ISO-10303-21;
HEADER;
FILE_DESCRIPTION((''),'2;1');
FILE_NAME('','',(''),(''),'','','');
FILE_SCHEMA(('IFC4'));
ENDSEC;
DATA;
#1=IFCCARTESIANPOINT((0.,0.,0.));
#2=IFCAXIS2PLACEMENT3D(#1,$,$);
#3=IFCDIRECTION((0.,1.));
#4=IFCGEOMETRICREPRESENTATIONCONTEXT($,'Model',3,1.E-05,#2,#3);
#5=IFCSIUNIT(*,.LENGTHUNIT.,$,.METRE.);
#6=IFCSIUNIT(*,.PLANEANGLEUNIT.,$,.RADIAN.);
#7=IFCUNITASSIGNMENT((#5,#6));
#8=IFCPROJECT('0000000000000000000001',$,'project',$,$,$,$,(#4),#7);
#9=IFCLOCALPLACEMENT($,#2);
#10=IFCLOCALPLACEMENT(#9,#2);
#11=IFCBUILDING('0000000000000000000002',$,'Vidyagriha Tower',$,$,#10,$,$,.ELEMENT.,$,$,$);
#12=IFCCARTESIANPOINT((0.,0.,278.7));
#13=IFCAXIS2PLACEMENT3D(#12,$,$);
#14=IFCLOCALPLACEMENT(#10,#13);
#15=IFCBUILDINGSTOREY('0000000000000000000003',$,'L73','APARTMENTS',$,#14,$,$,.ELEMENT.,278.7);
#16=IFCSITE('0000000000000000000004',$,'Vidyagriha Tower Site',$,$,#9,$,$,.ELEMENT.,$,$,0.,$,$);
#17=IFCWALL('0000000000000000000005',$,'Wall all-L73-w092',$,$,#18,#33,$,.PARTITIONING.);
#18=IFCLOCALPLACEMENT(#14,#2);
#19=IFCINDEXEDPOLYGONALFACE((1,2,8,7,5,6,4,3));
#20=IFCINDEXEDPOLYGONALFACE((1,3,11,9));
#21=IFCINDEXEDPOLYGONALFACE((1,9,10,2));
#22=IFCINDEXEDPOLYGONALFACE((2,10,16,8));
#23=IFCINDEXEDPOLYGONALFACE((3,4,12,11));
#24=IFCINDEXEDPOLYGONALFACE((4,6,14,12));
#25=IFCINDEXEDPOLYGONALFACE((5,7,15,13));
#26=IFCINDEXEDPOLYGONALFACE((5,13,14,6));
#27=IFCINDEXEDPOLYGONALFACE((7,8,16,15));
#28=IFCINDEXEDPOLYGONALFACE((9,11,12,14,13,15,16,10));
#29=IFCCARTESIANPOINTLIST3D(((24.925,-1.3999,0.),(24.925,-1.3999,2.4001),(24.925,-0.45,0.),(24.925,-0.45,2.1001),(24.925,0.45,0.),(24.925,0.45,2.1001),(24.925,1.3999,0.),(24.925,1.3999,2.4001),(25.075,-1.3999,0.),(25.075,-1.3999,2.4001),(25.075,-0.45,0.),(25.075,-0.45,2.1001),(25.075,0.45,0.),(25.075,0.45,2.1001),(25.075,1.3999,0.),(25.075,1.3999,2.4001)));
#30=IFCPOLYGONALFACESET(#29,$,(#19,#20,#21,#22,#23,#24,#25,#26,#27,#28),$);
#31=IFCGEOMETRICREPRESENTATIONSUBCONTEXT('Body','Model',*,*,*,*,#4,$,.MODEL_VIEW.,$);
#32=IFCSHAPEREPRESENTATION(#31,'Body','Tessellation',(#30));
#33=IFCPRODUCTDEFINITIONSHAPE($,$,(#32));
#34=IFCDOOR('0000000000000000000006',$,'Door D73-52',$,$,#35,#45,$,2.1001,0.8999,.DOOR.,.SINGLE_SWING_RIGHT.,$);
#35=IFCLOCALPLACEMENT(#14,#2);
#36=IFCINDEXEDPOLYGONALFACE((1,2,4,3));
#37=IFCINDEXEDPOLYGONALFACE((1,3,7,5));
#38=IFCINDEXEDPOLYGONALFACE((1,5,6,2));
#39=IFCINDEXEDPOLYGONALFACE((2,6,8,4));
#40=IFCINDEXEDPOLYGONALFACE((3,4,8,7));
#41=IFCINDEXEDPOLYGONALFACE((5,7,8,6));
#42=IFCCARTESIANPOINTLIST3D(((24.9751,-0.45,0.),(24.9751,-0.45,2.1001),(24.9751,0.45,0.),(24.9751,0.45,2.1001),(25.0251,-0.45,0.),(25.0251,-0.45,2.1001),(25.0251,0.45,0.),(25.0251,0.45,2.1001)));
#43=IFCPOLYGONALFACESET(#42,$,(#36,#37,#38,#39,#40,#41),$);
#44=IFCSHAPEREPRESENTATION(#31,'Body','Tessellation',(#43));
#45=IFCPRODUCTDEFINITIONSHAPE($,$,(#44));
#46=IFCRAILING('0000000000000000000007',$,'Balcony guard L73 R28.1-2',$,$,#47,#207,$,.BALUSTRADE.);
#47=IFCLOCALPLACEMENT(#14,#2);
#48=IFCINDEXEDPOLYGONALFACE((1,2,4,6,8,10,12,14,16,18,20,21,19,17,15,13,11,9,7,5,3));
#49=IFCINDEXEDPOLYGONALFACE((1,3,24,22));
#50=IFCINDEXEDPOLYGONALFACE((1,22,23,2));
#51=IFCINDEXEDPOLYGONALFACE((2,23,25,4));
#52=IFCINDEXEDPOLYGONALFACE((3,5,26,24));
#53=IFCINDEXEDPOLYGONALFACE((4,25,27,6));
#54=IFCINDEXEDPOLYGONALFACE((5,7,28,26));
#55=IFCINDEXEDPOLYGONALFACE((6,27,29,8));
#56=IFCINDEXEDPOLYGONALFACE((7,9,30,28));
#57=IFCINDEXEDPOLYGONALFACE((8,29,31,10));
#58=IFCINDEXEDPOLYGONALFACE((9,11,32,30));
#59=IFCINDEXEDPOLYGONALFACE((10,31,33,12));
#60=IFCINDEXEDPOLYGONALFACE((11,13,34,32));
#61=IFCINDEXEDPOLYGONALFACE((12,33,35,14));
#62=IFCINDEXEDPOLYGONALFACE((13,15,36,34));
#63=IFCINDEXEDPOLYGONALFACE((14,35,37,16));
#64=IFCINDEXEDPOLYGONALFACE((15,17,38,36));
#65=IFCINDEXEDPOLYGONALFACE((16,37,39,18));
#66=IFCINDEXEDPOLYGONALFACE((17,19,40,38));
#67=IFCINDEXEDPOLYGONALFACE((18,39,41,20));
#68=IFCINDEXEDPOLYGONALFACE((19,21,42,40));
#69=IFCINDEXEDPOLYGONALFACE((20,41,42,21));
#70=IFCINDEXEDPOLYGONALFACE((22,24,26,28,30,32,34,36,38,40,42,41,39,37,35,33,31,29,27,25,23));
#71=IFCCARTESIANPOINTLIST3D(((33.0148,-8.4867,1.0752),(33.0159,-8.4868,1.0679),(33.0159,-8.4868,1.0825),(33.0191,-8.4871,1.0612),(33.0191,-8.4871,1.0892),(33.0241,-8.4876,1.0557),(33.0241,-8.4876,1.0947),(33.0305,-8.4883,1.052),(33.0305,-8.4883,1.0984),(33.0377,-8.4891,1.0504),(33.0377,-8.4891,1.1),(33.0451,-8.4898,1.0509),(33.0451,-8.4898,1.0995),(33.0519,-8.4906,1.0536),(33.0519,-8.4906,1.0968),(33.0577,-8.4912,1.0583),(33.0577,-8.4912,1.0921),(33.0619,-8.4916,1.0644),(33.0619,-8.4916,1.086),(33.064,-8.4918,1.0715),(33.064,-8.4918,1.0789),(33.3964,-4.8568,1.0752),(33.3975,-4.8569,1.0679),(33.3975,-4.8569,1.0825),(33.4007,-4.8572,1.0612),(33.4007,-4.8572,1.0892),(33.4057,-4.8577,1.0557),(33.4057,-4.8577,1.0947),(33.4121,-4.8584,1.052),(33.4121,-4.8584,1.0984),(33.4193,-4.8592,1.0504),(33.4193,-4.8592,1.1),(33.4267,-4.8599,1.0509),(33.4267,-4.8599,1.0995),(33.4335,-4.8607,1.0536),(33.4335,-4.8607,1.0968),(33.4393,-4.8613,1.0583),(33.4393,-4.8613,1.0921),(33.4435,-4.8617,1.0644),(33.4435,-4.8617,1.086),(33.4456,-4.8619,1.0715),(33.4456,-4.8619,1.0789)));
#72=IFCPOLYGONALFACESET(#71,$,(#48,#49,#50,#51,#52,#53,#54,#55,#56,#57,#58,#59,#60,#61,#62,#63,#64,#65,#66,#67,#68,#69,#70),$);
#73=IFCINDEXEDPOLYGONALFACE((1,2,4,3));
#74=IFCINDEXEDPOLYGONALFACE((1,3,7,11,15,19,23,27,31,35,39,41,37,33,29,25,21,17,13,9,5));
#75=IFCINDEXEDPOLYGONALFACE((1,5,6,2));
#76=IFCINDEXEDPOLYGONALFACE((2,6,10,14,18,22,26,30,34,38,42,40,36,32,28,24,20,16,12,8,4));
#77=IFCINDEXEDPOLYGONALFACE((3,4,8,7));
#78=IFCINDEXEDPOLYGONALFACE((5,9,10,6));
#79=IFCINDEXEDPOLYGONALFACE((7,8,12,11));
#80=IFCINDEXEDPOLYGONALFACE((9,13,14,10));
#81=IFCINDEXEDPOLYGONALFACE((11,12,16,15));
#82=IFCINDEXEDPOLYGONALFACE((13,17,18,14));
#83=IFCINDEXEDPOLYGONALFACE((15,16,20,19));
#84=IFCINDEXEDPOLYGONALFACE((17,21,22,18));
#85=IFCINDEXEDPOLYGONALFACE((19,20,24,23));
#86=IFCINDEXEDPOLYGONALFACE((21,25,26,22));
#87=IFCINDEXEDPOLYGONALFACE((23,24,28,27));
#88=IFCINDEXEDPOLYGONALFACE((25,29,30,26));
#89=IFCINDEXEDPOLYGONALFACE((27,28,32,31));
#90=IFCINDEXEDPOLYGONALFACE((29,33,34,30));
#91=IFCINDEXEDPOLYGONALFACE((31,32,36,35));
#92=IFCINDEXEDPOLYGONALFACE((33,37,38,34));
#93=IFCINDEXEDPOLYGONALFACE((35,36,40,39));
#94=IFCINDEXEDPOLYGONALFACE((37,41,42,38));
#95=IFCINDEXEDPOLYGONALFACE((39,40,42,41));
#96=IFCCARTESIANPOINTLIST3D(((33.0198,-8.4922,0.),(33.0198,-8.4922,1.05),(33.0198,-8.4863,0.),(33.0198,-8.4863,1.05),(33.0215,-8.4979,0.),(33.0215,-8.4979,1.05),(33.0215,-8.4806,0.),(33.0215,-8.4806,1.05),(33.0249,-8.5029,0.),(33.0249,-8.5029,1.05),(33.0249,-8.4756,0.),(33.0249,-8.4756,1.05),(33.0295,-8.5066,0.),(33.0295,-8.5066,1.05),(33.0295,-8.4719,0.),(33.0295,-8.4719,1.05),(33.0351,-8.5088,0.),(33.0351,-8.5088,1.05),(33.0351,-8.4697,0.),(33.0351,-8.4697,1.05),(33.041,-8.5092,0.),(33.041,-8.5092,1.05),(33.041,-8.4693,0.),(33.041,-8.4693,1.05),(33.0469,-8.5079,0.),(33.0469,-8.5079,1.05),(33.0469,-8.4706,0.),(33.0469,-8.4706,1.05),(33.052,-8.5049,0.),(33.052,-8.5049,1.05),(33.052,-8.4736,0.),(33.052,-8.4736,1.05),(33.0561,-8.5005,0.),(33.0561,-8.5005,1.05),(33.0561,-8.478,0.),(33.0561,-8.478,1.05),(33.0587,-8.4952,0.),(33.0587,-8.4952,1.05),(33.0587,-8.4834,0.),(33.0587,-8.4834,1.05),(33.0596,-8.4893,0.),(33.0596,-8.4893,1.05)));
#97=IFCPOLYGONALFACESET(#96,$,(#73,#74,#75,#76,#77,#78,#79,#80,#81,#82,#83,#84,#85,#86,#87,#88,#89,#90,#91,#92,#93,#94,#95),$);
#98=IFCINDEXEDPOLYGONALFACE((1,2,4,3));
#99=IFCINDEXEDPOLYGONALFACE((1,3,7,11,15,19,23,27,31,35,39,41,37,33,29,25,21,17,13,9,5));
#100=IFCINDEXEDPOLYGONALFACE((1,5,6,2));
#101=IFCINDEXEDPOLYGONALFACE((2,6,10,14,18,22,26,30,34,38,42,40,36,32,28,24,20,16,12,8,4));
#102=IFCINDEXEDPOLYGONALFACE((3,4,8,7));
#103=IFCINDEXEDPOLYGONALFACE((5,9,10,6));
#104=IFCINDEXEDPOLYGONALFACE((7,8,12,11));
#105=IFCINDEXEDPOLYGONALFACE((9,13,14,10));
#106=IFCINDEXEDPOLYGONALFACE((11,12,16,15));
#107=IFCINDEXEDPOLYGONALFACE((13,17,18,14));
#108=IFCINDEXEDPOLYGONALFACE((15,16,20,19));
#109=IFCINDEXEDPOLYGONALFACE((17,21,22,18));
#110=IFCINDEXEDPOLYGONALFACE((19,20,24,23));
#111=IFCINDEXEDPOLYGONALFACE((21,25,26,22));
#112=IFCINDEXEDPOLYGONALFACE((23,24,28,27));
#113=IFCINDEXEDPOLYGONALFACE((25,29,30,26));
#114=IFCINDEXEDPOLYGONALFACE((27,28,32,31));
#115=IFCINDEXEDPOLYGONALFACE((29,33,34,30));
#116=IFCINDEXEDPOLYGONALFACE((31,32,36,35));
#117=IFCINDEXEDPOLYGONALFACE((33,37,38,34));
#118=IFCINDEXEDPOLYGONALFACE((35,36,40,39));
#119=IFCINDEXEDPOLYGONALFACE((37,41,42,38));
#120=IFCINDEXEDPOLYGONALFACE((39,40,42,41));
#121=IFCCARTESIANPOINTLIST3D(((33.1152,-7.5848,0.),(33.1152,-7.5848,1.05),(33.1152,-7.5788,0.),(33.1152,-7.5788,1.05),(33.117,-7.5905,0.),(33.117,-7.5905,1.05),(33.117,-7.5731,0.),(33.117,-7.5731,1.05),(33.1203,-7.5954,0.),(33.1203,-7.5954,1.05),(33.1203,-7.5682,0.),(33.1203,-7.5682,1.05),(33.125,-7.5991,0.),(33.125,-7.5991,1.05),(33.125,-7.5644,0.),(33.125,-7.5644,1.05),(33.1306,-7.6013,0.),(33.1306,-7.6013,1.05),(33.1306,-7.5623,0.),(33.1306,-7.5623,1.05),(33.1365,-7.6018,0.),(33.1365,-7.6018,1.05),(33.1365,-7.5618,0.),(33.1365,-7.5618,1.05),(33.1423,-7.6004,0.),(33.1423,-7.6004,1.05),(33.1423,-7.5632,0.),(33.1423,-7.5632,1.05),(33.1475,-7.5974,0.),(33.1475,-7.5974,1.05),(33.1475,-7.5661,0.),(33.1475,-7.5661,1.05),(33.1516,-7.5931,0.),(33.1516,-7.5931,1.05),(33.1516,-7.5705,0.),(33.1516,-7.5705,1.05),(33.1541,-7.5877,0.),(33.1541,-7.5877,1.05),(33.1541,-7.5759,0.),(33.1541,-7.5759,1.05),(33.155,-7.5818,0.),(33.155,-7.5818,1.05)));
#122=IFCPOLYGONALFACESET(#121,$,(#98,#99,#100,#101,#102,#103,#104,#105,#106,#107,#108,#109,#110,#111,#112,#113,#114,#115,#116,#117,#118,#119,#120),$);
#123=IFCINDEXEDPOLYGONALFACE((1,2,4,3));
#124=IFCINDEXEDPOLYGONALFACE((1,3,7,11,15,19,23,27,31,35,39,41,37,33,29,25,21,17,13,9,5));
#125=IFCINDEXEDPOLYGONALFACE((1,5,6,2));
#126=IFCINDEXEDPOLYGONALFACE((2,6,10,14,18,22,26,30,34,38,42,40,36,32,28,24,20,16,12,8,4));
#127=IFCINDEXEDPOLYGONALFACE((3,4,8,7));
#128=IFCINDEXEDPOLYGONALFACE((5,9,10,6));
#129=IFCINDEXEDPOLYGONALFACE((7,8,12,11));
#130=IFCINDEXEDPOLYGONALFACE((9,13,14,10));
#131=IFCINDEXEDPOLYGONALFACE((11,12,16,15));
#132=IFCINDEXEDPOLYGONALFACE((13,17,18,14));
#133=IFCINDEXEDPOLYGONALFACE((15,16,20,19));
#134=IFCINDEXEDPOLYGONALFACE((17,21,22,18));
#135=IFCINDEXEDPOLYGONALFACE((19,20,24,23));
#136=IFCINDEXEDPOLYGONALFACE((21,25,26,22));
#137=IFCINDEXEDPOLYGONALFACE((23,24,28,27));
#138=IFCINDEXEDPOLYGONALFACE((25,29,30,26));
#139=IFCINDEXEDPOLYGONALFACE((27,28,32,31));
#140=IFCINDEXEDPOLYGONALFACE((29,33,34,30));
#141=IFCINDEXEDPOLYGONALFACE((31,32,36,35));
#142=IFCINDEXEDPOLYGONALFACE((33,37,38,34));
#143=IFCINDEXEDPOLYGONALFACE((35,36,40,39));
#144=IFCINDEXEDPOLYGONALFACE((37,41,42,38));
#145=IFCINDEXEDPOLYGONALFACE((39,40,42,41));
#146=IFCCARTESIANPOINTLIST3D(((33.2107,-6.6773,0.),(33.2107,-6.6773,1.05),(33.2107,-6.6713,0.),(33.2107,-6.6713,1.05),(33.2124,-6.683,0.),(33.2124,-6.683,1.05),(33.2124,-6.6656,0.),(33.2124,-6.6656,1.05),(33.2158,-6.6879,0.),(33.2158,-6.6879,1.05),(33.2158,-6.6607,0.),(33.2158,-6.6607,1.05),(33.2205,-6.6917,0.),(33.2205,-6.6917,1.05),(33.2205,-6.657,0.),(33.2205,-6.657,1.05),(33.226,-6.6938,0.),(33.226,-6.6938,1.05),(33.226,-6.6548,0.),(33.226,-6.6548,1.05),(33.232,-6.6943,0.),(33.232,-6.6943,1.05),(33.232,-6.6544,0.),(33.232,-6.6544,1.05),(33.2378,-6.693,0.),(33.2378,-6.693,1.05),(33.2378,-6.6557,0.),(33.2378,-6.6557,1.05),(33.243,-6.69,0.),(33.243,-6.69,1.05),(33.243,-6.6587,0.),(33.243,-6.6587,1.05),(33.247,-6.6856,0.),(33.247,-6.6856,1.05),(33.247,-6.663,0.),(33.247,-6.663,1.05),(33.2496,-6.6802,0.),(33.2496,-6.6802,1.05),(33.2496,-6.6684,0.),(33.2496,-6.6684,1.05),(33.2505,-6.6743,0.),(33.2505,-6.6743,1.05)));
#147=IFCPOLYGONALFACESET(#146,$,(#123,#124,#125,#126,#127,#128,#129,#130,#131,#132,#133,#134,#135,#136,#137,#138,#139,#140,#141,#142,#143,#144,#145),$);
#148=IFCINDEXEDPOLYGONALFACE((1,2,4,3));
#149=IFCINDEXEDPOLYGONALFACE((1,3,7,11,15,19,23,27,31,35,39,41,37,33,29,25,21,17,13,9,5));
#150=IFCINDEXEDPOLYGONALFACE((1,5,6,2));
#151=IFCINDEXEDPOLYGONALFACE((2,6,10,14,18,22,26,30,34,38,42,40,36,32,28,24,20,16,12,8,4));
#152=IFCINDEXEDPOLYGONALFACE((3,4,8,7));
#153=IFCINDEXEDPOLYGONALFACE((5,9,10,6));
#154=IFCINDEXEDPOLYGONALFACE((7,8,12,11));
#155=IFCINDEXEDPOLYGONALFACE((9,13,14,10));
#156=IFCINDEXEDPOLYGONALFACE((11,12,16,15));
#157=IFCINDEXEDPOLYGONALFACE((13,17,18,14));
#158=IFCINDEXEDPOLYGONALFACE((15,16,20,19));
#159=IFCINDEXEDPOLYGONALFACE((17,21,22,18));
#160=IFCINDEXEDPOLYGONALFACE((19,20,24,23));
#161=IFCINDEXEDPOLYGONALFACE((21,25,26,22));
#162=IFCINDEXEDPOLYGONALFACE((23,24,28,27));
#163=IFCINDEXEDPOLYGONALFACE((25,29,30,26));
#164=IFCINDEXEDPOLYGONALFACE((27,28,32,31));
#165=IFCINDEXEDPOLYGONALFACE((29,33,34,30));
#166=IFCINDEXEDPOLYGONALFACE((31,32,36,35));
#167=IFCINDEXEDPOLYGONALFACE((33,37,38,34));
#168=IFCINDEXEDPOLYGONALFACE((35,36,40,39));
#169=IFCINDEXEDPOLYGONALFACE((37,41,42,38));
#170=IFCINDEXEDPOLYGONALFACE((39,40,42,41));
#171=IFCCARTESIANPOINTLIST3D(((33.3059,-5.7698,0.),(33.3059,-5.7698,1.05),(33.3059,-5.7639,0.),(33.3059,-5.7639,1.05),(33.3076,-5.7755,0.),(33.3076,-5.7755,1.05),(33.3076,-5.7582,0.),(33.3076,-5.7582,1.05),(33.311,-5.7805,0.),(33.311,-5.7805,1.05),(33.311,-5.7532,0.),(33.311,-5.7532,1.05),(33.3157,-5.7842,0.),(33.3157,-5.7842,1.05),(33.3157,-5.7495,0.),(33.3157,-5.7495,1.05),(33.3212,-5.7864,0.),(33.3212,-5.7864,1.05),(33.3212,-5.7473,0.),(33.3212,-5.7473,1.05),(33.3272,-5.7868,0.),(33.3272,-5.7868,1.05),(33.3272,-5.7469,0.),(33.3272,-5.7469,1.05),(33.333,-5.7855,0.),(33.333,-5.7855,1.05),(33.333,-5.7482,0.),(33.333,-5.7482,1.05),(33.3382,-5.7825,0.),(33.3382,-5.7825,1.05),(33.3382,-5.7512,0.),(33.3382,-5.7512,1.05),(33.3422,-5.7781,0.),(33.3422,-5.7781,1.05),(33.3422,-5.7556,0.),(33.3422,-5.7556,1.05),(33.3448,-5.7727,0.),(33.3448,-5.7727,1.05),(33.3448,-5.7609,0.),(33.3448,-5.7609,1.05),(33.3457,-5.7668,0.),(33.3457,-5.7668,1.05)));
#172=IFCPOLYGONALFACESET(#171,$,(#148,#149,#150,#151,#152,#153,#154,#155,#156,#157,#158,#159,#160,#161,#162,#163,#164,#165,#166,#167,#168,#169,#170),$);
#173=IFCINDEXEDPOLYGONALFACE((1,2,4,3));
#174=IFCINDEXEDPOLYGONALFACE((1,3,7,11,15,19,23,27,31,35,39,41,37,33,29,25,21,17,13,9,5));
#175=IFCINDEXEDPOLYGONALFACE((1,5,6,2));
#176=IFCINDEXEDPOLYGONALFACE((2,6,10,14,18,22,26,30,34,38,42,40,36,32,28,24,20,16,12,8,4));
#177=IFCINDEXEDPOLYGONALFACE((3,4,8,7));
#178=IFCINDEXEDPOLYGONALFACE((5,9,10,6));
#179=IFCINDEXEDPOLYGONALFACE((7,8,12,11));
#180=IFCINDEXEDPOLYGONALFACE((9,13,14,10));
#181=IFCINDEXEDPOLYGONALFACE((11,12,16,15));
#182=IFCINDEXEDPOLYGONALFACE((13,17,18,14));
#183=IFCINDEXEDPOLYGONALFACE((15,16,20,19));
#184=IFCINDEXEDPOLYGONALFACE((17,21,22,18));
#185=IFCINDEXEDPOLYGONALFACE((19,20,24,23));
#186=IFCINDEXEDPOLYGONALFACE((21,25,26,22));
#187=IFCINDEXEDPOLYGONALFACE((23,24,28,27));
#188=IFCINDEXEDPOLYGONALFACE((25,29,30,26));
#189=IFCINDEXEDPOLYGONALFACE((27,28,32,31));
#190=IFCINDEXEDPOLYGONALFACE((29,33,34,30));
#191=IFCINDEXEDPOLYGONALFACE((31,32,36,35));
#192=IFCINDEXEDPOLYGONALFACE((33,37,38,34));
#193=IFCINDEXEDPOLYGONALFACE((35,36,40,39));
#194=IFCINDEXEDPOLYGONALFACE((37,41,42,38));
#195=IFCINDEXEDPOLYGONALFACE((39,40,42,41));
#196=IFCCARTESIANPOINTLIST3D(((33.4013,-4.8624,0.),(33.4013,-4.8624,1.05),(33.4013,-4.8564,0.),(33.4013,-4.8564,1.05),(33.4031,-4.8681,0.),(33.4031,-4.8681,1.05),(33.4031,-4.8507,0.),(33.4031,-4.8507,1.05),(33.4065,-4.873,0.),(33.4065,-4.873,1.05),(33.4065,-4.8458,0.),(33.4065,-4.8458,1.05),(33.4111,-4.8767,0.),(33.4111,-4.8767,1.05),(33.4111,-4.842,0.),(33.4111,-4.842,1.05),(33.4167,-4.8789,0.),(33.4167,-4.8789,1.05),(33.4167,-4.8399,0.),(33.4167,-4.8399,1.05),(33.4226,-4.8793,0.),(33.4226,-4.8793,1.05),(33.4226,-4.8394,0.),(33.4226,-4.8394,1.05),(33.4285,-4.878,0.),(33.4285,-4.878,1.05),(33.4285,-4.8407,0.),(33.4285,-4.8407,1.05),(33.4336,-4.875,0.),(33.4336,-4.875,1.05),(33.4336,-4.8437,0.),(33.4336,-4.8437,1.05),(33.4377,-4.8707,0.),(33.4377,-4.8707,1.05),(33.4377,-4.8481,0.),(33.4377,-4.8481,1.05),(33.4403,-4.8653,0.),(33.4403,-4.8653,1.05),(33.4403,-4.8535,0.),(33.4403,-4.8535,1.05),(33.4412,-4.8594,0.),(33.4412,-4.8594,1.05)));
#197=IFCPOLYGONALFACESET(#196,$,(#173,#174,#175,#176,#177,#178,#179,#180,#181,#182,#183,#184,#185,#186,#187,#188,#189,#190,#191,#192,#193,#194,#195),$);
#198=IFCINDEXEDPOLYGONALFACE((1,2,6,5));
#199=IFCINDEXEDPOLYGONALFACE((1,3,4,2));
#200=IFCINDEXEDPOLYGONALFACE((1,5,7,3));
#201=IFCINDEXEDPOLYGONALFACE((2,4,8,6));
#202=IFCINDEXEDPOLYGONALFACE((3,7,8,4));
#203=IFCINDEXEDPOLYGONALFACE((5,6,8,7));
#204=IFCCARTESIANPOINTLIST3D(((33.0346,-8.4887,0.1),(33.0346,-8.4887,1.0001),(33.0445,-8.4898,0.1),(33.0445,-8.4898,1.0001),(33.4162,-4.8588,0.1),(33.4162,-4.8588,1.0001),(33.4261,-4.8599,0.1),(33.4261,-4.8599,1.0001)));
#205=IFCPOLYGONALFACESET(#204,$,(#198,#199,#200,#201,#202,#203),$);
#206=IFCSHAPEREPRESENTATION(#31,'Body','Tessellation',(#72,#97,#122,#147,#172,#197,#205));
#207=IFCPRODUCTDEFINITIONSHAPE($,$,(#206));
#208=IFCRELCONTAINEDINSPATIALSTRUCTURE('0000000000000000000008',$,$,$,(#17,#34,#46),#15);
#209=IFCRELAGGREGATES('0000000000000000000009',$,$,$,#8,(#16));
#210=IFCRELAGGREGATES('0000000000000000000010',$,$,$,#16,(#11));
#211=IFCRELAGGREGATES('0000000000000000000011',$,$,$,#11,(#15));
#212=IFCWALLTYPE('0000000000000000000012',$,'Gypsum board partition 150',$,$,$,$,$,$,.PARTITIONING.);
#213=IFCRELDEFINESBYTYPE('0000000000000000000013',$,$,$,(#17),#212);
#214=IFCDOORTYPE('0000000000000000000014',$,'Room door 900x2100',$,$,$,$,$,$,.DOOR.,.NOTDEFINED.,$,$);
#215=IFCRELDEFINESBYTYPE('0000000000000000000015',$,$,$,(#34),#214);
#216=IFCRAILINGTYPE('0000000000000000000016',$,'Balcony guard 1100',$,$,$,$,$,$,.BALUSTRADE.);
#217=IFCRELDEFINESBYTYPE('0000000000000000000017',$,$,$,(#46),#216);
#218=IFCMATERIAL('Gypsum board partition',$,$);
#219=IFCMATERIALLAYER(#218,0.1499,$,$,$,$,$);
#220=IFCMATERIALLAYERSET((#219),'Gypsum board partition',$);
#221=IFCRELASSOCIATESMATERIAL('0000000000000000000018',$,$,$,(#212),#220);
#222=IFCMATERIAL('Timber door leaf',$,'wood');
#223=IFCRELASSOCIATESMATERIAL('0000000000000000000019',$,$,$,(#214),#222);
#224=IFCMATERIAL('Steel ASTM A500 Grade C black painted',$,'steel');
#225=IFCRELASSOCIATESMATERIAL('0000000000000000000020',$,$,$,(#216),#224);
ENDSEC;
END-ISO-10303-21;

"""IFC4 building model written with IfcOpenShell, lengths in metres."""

from ifc_helpers import new_model, si_unit, direction, frame, frame_2d, origin, origin_2d, place, context, subcontext, project, spatial, rectangle, circle, extrude, material, layer, layer_set, type_object, element, fill, save


model = new_model("IFC4")

# Units and contexts
model_context = context("Model", 3, precision=1e-05, world=origin(), true_north=direction((0.0, 1.0)))
body_context = subcontext(model_context, "Body", "Model", "MODEL_VIEW")
ifc_project = project(units=[si_unit("LENGTHUNIT", "METRE"), si_unit("PLANEANGLEUNIT", "RADIAN")], contexts=[model_context])

# Site, building, storey
site_placement = place(None, origin())
site = spatial("IfcSite", under=ifc_project, at=site_placement, Name="Vidyagriha Tower Site", CompositionType="ELEMENT", RefElevation=0.0)
building_placement = place(site_placement, origin())
building = spatial("IfcBuilding", under=site, at=building_placement, Name="Vidyagriha Tower", CompositionType="ELEMENT")
storey_placement = place(building_placement, frame((0.0, 0.0, 278.7)))
storey = spatial("IfcBuildingStorey", under=building, at=storey_placement, Name="L73", Description="APARTMENTS", CompositionType="ELEMENT", Elevation=278.7)

# Shared definitions
ifc_material_1 = material(Name="Gypsum board partition")
ifc_layer_1 = layer(ifc_material_1, 0.1499)
ifc_layer_set_1 = layer_set([ifc_layer_1], Name="Gypsum board partition")
wall_type_1 = type_object("IfcWallType", Name="Gypsum board partition 150", PredefinedType="PARTITIONING", material=ifc_layer_set_1)

# Shared definitions
ifc_material_2 = material(Name="Timber door leaf", Category="wood")
door_type_1 = type_object("IfcDoorType", Name="Room door 900x2100", OperationType="NOTDEFINED", PredefinedType="DOOR", material=ifc_material_2)

# Wall, opening, door
wall_1_placement = place(storey_placement, frame((25.0, -1.3999, 0.0), z_axis=(0.0, 0.0, 1.0), x_axis=(0.0, 1.0, 0.0)))
wall_1 = element("IfcWall", 1, at=wall_1_placement, inside=storey, type_object=wall_type_1, Name="Wall all-L73-w092", PredefinedType="PARTITIONING", context=body_context, shape_type="SweptSolid", body=[
    extrude(rectangle(XDim=2.7998, YDim=0.1499, at=frame_2d((1.3999, 0.0))), origin(), (0.0, 0.0, 1.0), 2.4001),
])
opening_1_placement = place(wall_1_placement, frame((0.95, 0.0, 0.0)))
opening_1 = element("IfcOpeningElement", 2, at=opening_1_placement, cuts=wall_1, PredefinedType="OPENING", context=body_context, shape_type="SweptSolid", body=[
    extrude(rectangle(XDim=0.8999, YDim=2.1001, at=frame_2d((0.45, 1.05))), frame((0.0, 0.085, 0.0), z_axis=(0.0, -1.0, 0.0), x_axis=(1.0, 0.0, 0.0)), (0.0, 0.0, 1.0), 0.1699),
])
door_1_placement = place(opening_1_placement, origin())
door_1 = element("IfcDoor", 3, at=door_1_placement, inside=storey, type_object=door_type_1, Name="Door D73-52", OperationType="SINGLE_SWING_RIGHT", OverallHeight=2.1001, OverallWidth=0.8999, PredefinedType="DOOR", context=body_context, shape_type="SweptSolid", body=[
    extrude(rectangle(XDim=0.8999, YDim=2.1001, at=frame_2d((0.45, 1.05))), frame((0.0, 0.0249, 0.0), z_axis=(0.0, -1.0, 0.0), x_axis=(1.0, 0.0, 0.0)), (0.0, 0.0, 1.0), 0.05),
])
fill(opening_1, door_1)

# Railing
ifc_material_3 = material(Name="Steel ASTM A500 Grade C black painted", Category="steel")
railing_type_1 = type_object("IfcRailingType", Name="Balcony guard 1100", PredefinedType="BALUSTRADE", material=ifc_material_3)
railing_1_placement = place(storey_placement, frame((33.0396, -8.4893, 0.0)))
element("IfcRailing", 4, at=railing_1_placement, inside=storey, type_object=railing_type_1, Name="Balcony guard L73 R28.1-2", PredefinedType="BALUSTRADE", context=body_context, shape_type="SweptSolid", body=[
    extrude(circle(Radius=0.0249, at=origin_2d()), frame((0.0, 0.0, 1.0752), z_axis=(0.104549, 0.99452, 0.0), x_axis=(-0.99452, 0.104549, 0.0)), (0.0, 0.0, 1.0), 3.6499),
    extrude(circle(Radius=0.02, at=origin_2d()), origin(), (0.0, 0.0, 1.0), 1.05),
    extrude(circle(Radius=0.02, at=origin_2d()), frame((0.0955, 0.9075, 0.0)), (0.0, 0.0, 1.0), 1.05),
    extrude(circle(Radius=0.02, at=origin_2d()), frame((0.1909, 1.8149, 0.0)), (0.0, 0.0, 1.0), 1.05),
    extrude(circle(Radius=0.02, at=origin_2d()), frame((0.2861, 2.7224, 0.0)), (0.0, 0.0, 1.0), 1.05),
    extrude(circle(Radius=0.02, at=origin_2d()), frame((0.3816, 3.6299, 0.0)), (0.0, 0.0, 1.0), 1.05),
    extrude(rectangle(XDim=0.01, YDim=0.9001, at=origin_2d()), frame((0.0, 0.0, 0.55), z_axis=(0.104549, 0.99452, 0.0), x_axis=(-0.99452, 0.104549, 0.0)), (0.0, 0.0, 1.0), 3.6499),
])

save(model, "model.ifc")
